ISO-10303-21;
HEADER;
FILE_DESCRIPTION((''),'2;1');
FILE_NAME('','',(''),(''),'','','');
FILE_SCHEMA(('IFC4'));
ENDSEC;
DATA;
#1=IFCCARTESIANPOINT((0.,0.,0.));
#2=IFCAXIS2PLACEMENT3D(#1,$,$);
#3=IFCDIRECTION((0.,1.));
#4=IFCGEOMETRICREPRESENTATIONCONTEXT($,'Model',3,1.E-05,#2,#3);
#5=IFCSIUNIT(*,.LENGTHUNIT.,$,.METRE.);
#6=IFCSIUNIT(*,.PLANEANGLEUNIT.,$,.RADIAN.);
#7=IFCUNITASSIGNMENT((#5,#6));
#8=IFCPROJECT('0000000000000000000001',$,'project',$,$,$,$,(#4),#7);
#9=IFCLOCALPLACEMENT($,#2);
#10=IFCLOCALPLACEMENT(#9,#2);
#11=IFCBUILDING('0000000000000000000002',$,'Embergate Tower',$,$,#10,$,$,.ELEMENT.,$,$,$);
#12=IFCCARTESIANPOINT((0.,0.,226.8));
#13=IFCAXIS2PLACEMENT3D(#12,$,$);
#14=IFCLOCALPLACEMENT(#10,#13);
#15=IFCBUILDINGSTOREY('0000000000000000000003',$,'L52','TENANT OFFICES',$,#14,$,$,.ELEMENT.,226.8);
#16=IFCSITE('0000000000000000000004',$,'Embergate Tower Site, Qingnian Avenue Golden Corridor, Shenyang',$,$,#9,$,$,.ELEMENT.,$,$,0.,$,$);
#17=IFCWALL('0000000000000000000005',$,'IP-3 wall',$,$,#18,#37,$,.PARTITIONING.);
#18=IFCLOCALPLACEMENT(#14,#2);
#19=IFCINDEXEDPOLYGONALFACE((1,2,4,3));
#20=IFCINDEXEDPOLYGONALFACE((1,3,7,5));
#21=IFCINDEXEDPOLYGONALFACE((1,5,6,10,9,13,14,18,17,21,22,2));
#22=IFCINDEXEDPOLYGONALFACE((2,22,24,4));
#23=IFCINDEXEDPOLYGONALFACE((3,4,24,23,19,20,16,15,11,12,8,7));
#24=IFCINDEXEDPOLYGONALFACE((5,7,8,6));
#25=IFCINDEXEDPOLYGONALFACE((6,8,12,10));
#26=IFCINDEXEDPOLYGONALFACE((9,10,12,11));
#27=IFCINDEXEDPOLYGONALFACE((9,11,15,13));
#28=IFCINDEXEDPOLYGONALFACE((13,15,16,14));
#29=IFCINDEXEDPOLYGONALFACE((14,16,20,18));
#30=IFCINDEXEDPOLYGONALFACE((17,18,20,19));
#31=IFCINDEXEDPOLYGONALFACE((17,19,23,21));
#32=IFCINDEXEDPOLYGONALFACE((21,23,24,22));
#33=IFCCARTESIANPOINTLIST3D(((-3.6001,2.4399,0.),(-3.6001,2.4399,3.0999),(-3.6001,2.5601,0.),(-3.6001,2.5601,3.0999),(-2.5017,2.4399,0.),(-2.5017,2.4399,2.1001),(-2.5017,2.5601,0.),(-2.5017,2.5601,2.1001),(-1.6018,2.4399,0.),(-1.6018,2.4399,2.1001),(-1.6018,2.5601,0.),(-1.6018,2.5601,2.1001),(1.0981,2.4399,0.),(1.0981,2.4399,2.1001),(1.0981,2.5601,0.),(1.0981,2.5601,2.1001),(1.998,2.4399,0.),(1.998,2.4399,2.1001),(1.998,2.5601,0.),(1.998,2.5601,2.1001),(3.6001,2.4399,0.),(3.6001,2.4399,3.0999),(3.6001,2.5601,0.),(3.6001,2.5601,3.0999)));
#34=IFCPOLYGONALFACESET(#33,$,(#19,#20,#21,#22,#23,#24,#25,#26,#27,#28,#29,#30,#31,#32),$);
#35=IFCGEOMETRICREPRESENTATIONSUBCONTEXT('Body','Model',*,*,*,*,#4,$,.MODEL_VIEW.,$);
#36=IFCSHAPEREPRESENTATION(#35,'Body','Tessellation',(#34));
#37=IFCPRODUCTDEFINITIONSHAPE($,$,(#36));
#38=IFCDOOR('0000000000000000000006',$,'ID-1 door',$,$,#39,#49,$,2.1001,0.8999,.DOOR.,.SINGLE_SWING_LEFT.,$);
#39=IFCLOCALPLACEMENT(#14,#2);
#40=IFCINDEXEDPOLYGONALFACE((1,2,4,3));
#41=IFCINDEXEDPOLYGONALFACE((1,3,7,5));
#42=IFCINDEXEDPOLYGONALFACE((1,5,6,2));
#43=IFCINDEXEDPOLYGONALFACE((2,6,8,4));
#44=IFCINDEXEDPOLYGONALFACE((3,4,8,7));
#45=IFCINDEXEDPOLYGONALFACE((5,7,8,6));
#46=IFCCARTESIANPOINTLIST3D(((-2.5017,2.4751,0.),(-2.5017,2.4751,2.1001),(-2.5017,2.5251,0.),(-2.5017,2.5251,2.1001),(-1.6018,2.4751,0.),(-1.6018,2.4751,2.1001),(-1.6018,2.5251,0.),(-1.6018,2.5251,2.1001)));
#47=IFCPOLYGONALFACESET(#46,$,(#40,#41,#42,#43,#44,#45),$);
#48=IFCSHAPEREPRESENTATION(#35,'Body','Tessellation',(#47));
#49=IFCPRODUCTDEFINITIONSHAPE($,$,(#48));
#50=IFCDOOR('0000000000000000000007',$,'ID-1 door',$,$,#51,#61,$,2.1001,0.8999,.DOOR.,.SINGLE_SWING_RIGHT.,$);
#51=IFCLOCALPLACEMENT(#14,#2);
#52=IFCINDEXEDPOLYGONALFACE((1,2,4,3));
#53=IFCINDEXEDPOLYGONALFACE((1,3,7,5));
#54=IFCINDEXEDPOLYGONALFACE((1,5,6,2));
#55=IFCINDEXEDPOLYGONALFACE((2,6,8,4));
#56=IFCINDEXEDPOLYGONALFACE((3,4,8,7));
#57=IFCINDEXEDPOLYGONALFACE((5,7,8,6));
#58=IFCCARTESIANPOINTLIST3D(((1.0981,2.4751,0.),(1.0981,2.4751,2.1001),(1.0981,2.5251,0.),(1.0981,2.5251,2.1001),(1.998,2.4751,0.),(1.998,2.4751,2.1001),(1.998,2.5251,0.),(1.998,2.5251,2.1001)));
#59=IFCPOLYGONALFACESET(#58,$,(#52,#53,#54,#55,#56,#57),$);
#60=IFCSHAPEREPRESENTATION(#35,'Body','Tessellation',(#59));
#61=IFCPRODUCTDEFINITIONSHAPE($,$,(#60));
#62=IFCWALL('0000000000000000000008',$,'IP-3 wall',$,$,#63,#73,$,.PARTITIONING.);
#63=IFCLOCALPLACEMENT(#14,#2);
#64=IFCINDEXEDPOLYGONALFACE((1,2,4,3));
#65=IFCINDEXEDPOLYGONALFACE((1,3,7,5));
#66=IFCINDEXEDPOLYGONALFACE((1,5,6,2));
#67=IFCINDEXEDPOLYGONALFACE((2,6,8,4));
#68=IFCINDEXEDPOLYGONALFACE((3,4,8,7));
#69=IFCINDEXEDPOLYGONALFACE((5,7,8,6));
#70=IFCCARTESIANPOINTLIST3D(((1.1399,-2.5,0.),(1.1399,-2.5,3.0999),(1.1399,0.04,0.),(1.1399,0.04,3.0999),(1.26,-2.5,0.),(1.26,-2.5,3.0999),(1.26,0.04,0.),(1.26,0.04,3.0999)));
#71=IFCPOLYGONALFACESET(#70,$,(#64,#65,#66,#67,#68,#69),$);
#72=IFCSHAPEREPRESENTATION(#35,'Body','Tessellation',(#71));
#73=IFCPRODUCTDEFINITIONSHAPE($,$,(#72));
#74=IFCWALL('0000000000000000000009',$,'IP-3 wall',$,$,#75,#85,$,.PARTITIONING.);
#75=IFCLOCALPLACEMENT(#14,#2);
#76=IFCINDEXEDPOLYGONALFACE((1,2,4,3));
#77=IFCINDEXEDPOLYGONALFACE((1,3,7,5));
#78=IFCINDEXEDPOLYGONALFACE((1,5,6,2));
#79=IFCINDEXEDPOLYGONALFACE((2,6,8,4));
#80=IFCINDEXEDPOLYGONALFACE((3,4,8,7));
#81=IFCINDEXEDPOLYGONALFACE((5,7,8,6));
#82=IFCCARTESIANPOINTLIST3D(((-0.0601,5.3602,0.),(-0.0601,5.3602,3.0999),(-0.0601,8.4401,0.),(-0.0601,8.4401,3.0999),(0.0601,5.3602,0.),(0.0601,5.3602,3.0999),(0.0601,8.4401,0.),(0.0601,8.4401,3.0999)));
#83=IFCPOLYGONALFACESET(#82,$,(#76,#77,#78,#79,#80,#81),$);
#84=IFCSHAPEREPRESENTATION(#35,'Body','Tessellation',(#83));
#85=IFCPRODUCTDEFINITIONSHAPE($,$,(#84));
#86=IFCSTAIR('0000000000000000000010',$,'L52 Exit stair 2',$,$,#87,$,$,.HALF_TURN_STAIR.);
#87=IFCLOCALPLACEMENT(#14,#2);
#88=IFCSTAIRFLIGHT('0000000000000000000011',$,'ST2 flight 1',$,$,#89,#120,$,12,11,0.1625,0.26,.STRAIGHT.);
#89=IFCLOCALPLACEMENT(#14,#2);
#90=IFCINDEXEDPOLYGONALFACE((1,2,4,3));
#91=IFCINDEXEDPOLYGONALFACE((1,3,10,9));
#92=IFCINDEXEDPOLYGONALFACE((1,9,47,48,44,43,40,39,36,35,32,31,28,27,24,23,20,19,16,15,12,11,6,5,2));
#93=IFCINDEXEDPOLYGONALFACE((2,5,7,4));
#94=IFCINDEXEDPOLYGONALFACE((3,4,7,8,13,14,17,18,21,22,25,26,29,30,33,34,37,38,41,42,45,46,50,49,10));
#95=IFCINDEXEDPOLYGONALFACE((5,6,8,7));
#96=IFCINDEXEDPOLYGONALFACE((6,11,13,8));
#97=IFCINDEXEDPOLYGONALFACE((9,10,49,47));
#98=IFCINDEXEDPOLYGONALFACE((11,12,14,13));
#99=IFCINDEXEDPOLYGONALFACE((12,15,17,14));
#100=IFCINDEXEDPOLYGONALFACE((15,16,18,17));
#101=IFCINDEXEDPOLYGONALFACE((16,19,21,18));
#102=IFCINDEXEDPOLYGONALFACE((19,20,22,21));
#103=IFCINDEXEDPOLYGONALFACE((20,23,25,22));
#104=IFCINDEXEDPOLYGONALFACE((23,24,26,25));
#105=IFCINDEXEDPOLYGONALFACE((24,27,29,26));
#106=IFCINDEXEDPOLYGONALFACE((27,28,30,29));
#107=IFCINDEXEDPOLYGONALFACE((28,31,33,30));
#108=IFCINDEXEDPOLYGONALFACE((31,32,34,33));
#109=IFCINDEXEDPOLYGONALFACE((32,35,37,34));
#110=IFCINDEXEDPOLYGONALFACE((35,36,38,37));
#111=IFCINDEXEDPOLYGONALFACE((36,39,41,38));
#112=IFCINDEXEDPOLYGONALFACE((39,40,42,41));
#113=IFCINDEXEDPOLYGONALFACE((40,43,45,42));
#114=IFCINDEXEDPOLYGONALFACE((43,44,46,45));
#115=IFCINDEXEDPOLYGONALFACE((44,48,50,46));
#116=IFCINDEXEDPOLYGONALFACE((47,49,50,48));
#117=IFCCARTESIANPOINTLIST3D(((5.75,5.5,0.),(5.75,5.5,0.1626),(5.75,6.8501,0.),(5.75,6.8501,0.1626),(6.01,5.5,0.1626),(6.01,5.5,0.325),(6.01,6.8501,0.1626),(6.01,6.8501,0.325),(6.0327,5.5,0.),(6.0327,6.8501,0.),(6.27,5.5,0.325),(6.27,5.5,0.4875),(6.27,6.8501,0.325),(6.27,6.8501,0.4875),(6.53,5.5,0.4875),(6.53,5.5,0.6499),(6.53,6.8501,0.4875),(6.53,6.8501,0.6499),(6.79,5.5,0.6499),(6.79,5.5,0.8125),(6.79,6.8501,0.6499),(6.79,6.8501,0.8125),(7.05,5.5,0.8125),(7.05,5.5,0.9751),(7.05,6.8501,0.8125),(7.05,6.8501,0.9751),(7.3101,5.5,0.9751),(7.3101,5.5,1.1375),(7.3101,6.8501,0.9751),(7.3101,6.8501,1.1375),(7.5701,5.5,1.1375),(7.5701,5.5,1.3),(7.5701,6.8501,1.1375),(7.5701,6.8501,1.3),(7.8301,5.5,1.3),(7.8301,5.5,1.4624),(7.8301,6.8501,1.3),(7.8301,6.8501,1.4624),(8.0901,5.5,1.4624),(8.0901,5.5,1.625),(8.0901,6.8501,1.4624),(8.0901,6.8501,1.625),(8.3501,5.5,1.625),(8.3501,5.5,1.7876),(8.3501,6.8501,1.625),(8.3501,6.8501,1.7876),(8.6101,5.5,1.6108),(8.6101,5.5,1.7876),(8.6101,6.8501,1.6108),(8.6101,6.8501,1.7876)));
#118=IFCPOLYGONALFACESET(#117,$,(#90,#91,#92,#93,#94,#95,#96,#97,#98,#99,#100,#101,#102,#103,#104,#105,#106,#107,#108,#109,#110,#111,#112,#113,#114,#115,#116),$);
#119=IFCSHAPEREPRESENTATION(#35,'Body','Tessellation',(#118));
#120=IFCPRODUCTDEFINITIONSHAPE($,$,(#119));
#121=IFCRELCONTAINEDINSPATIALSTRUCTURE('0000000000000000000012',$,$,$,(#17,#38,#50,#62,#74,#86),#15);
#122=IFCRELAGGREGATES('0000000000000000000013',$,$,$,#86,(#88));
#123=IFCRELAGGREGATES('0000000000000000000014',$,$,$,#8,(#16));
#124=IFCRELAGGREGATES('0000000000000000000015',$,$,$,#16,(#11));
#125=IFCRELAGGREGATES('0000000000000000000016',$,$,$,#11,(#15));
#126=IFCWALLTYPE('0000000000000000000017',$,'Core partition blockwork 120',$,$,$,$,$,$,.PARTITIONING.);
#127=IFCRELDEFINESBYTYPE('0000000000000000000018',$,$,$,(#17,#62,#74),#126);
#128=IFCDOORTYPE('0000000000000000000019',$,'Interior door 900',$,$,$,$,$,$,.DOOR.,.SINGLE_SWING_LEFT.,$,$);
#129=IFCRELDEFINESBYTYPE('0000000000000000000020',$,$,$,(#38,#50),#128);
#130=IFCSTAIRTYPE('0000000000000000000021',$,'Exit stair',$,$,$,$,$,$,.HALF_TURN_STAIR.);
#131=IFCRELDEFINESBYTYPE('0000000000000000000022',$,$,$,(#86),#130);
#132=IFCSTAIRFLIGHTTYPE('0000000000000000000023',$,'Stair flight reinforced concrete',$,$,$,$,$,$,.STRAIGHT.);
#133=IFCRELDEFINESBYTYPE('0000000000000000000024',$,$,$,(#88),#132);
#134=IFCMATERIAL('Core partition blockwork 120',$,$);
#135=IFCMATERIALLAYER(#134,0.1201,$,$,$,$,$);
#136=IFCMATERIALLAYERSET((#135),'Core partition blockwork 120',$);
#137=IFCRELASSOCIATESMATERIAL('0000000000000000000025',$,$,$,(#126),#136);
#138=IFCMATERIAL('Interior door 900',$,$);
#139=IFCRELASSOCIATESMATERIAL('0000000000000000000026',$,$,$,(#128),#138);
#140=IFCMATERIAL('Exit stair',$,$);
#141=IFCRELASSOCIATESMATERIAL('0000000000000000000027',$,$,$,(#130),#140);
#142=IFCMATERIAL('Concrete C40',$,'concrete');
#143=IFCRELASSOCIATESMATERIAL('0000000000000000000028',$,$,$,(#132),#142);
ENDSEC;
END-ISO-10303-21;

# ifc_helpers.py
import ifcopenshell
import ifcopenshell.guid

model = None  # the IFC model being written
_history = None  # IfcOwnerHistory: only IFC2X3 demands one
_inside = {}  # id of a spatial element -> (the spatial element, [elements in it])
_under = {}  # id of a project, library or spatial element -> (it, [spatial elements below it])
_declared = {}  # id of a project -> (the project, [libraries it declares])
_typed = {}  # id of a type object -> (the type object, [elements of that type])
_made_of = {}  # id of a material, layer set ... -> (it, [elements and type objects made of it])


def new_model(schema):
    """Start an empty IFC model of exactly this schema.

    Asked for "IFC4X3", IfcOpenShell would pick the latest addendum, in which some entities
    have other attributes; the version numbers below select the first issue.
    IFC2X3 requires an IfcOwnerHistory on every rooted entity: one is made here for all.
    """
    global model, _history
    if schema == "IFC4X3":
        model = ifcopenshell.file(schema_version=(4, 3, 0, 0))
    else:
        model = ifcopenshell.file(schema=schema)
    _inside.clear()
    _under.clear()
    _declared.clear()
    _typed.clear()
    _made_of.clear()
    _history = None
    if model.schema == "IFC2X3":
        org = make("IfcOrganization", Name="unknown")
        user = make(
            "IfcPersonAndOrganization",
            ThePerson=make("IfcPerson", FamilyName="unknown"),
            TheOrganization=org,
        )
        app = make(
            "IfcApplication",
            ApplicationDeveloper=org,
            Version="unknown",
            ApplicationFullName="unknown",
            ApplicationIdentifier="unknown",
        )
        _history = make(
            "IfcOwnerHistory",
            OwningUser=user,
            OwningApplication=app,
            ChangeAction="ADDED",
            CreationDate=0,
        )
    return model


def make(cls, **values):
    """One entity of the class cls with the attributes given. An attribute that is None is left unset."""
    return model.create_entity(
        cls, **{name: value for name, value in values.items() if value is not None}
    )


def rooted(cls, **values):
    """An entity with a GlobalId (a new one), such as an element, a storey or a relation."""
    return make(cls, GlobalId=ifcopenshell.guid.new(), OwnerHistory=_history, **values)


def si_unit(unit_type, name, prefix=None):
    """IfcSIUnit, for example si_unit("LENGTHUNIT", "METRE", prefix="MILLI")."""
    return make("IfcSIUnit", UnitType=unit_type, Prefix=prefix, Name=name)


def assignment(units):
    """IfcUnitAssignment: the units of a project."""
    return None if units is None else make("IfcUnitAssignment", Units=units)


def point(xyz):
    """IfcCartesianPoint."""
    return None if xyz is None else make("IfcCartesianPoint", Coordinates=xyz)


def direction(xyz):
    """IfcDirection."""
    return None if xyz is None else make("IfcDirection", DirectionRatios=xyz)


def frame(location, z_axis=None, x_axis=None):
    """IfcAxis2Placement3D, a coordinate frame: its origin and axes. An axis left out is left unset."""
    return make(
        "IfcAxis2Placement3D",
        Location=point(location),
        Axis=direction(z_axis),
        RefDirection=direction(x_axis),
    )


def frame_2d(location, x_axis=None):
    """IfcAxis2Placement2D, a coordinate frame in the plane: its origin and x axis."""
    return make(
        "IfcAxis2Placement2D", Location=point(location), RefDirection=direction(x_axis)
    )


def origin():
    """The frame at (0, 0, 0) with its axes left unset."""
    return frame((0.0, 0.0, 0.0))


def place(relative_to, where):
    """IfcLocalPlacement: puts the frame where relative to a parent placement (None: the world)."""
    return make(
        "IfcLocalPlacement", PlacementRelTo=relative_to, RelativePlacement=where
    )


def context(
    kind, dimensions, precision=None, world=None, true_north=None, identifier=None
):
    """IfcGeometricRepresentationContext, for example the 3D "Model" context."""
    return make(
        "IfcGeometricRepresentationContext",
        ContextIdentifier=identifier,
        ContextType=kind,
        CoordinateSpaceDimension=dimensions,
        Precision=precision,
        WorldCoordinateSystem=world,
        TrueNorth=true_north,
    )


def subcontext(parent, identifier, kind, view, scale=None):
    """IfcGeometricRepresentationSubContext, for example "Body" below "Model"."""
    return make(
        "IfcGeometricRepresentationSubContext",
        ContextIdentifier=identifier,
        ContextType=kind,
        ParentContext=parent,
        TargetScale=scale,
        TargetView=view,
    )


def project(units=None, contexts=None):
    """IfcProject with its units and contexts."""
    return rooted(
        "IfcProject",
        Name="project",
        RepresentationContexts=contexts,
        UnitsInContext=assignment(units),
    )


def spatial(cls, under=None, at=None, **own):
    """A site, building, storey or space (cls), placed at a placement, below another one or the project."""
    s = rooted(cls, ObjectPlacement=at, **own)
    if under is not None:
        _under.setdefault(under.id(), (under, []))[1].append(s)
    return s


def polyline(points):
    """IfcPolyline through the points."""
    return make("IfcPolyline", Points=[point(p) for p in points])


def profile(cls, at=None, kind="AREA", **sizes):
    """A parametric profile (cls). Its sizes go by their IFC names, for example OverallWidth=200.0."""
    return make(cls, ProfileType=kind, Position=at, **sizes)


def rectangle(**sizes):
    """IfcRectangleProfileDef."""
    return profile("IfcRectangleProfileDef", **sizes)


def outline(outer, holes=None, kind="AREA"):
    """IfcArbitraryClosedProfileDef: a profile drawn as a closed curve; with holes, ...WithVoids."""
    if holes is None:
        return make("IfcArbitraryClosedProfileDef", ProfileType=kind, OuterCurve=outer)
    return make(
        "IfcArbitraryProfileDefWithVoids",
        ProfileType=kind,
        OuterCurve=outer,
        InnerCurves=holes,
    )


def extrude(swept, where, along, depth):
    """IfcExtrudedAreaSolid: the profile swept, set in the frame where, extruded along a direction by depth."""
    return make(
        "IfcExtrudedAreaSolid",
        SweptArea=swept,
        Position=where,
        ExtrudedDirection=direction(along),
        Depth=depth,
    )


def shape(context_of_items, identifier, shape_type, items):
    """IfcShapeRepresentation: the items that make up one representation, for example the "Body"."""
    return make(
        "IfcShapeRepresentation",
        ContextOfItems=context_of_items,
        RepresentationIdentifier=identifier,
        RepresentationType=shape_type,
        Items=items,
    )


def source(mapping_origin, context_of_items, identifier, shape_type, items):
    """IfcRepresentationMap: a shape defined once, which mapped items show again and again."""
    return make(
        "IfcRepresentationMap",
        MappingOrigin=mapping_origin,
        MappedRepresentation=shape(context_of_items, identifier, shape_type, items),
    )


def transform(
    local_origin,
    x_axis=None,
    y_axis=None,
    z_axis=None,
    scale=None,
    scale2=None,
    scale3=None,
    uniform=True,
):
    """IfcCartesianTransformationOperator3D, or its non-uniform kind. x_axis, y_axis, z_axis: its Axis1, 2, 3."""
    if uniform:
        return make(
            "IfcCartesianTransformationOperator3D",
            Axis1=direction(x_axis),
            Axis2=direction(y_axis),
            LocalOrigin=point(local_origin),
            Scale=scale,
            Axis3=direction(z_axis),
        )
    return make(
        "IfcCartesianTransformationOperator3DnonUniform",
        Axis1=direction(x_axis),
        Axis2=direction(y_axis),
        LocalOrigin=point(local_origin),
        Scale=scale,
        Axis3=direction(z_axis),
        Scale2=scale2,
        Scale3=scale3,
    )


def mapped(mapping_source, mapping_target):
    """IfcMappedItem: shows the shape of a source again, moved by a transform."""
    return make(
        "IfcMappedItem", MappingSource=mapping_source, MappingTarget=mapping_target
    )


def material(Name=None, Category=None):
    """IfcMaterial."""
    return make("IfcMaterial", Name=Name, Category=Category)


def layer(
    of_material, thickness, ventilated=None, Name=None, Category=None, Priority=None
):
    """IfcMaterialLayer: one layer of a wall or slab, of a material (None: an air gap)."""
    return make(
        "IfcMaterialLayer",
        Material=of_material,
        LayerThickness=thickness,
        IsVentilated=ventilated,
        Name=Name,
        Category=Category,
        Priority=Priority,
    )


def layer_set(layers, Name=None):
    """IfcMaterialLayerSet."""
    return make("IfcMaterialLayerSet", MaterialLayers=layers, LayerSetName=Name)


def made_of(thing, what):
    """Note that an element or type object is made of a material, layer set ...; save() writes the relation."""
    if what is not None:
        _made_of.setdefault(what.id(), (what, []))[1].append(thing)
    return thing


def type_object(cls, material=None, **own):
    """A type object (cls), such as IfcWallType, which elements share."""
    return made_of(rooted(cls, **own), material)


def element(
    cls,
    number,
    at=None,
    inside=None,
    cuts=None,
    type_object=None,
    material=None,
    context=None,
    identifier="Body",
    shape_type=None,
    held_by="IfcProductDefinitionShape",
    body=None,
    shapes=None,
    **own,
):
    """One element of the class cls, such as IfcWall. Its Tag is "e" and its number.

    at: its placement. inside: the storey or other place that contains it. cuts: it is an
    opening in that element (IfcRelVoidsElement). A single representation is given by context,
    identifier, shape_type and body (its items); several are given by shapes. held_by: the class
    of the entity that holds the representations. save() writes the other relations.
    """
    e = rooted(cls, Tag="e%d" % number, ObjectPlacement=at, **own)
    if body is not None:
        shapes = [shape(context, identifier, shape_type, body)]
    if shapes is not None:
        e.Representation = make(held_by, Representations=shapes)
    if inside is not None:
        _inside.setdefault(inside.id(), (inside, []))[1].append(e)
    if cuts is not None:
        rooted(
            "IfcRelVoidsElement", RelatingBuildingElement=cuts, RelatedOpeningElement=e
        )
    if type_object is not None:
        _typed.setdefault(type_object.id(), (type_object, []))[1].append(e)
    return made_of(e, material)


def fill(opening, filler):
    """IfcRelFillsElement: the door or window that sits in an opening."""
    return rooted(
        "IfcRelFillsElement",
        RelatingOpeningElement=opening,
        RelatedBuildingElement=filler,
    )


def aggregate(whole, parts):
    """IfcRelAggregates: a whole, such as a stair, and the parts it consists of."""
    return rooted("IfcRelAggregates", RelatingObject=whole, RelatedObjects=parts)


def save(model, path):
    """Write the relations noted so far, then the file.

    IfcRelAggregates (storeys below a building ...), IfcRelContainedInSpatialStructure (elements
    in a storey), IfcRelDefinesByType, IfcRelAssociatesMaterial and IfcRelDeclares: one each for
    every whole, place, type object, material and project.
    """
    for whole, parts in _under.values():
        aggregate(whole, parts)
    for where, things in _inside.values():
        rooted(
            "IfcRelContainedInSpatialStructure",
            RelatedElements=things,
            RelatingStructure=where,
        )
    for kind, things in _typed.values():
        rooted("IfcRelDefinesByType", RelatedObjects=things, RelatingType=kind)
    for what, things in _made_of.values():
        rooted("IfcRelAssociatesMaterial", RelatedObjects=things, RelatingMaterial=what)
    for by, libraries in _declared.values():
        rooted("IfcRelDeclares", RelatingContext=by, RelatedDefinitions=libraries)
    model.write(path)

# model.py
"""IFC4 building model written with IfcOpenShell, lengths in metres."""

from ifc_helpers import new_model, si_unit, direction, frame, frame_2d, origin, place, context, subcontext, project, spatial, polyline, rectangle, outline, extrude, source, transform, mapped, material, layer, layer_set, type_object, element, fill, aggregate, save


model = new_model("IFC4")

# Units and contexts
model_context = context("Model", 3, precision=1e-05, world=origin(), true_north=direction((0.0, 1.0)))
body_context = subcontext(model_context, "Body", "Model", "MODEL_VIEW")
ifc_project = project(units=[si_unit("LENGTHUNIT", "METRE"), si_unit("PLANEANGLEUNIT", "RADIAN")], contexts=[model_context])

# Site, building, storey
site_placement = place(None, origin())
site = spatial("IfcSite", under=ifc_project, at=site_placement, Name="Embergate Tower Site, Qingnian Avenue Golden Corridor, Shenyang", CompositionType="ELEMENT", RefElevation=0.0)
building_placement = place(site_placement, origin())
building = spatial("IfcBuilding", under=site, at=building_placement, Name="Embergate Tower", CompositionType="ELEMENT")
storey_placement = place(building_placement, frame((0.0, 0.0, 226.8)))
storey = spatial("IfcBuildingStorey", under=building, at=storey_placement, Name="L52", Description="TENANT OFFICES", CompositionType="ELEMENT", Elevation=226.8)

# Shared definitions
ifc_material_1 = material(Name="Core partition blockwork 120")
ifc_layer_1 = layer(ifc_material_1, 0.1201)
ifc_layer_set_1 = layer_set([ifc_layer_1], Name="Core partition blockwork 120")
wall_type_1 = type_object("IfcWallType", Name="Core partition blockwork 120", PredefinedType="PARTITIONING", material=ifc_layer_set_1)

# Wall, openings, doors
shared_shape_1 = source(origin(), body_context, "Body", "SweptSolid", [
    extrude(rectangle(XDim=7.2002, YDim=0.1201, at=frame_2d((3.6001, 0.0))), origin(), (0.0, 0.0, 1.0), 3.0999),
])
wall_1_placement = place(storey_placement, frame((3.6001, 2.5, 0.0), z_axis=(0.0, 0.0, 1.0), x_axis=(-1.0, 0.0, 0.0)))
wall_1 = element("IfcWall", 1, at=wall_1_placement, inside=storey, type_object=wall_type_1, Name="IP-3 wall", PredefinedType="PARTITIONING", context=body_context, shape_type="MappedRepresentation", body=[
    mapped(shared_shape_1, transform((0.0, 0.0, 0.0))),
])
shared_shape_2 = source(origin(), body_context, "Body", "SweptSolid", [
    extrude(rectangle(XDim=0.8999, YDim=2.1001, at=frame_2d((0.45, 1.05))), frame((0.0, 0.0701, 0.0), z_axis=(0.0, -1.0, 0.0), x_axis=(1.0, 0.0, 0.0)), (0.0, 0.0, 1.0), 0.1401),
])
opening_1_placement = place(wall_1_placement, frame((5.2019, 0.0, 0.0)))
opening_1 = element("IfcOpeningElement", 2, at=opening_1_placement, cuts=wall_1, PredefinedType="OPENING", context=body_context, shape_type="MappedRepresentation", body=[
    mapped(shared_shape_2, transform((0.0, 0.0, 0.0))),
])
opening_2_placement = place(wall_1_placement, frame((1.6021, 0.0, 0.0)))
opening_2 = element("IfcOpeningElement", 3, at=opening_2_placement, cuts=wall_1, PredefinedType="OPENING", context=body_context, shape_type="MappedRepresentation", body=[
    mapped(shared_shape_2, transform((0.0, 0.0, 0.0))),
])
ifc_material_2 = material(Name="Interior door 900")
door_type_1 = type_object("IfcDoorType", Name="Interior door 900", OperationType="SINGLE_SWING_LEFT", PredefinedType="DOOR", material=ifc_material_2)
shared_shape_3 = source(origin(), body_context, "Body", "SweptSolid", [
    extrude(rectangle(XDim=0.8999, YDim=2.1001, at=frame_2d((0.45, 1.05))), frame((0.0, 0.0249, 0.0), z_axis=(0.0, -1.0, 0.0), x_axis=(1.0, 0.0, 0.0)), (0.0, 0.0, 1.0), 0.05),
])
door_1_placement = place(opening_1_placement, origin())
door_1 = element("IfcDoor", 4, at=door_1_placement, inside=storey, type_object=door_type_1, Name="ID-1 door", OperationType="SINGLE_SWING_LEFT", OverallHeight=2.1001, OverallWidth=0.8999, PredefinedType="DOOR", context=body_context, shape_type="MappedRepresentation", body=[
    mapped(shared_shape_3, transform((0.0, 0.0, 0.0))),
])
fill(opening_1, door_1)
door_2_placement = place(opening_2_placement, origin())
door_2 = element("IfcDoor", 5, at=door_2_placement, inside=storey, type_object=door_type_1, Name="ID-1 door", OperationType="SINGLE_SWING_RIGHT", OverallHeight=2.1001, OverallWidth=0.8999, PredefinedType="DOOR", context=body_context, shape_type="MappedRepresentation", body=[
    mapped(shared_shape_3, transform((0.0, 0.0, 0.0))),
])
fill(opening_2, door_2)

# Walls
shared_shape_4 = source(origin(), body_context, "Body", "SweptSolid", [
    extrude(rectangle(XDim=2.54, YDim=0.1201, at=frame_2d((1.27, 0.0))), origin(), (0.0, 0.0, 1.0), 3.0999),
])
wall_2_placement = place(storey_placement, frame((1.2, 0.04, 0.0), z_axis=(0.0, 0.0, 1.0), x_axis=(0.0, -1.0, 0.0)))
element("IfcWall", 6, at=wall_2_placement, inside=storey, type_object=wall_type_1, Name="IP-3 wall", PredefinedType="PARTITIONING", context=body_context, shape_type="MappedRepresentation", body=[
    mapped(shared_shape_4, transform((0.0, 0.0, 0.0))),
])
shared_shape_5 = source(origin(), body_context, "Body", "SweptSolid", [
    extrude(rectangle(XDim=3.0798, YDim=0.1201, at=frame_2d((1.54, 0.0))), origin(), (0.0, 0.0, 1.0), 3.0999),
])
wall_3_placement = place(storey_placement, frame((0.0, 5.3601, 0.0), z_axis=(0.0, 0.0, 1.0), x_axis=(0.0, 1.0, 0.0)))
element("IfcWall", 7, at=wall_3_placement, inside=storey, type_object=wall_type_1, Name="IP-3 wall", PredefinedType="PARTITIONING", context=body_context, shape_type="MappedRepresentation", body=[
    mapped(shared_shape_5, transform((0.0, 0.0, 0.0))),
])

# Stair, stair flight
ifc_material_3 = material(Name="Exit stair")
stair_type = type_object("IfcStairType", Name="Exit stair", PredefinedType="HALF_TURN_STAIR", material=ifc_material_3)
stair_placement = place(storey_placement, origin())
stair = element("IfcStair", 8, at=stair_placement, inside=storey, type_object=stair_type, Name="L52 Exit stair 2", PredefinedType="HALF_TURN_STAIR")
ifc_material_4 = material(Name="Concrete C40", Category="concrete")
stair_flight_type = type_object("IfcStairFlightType", Name="Stair flight reinforced concrete", PredefinedType="STRAIGHT", material=ifc_material_4)
shared_shape_6 = source(origin(), body_context, "Body", "SweptSolid", [
    extrude(outline(polyline([(0.0, 0.0), (0.0, 0.1626), (0.26, 0.1626), (0.26, 0.325), (0.52, 0.325), (0.52, 0.4875), (0.78, 0.4875), (0.78, 0.6499), (1.04, 0.6499), (1.04, 0.8125), (1.3, 0.8125), (1.3, 0.9751), (1.5601, 0.9751), (1.5601, 1.1375), (1.8201, 1.1375), (1.8201, 1.3), (2.0801, 1.3), (2.0801, 1.4624), (2.3401, 1.4624), (2.3401, 1.625), (2.6001, 1.625), (2.6001, 1.7876), (2.8601, 1.7876), (2.8601, 1.95), (2.8601, 1.6108), (0.2827, 0.0), (0.0, 0.0)])), frame((0.0, 0.675, 0.0), z_axis=(0.0, -1.0, 0.0), x_axis=(1.0, 0.0, 0.0)), (0.0, 0.0, 1.0), 1.3501),
])
stair_flight_placement = place(storey_placement, frame((5.75, 6.175, 0.0), z_axis=(0.0, 0.0, 1.0), x_axis=(1.0, 0.0, 0.0)))
stair_flight = element("IfcStairFlight", 9, at=stair_flight_placement, type_object=stair_flight_type, Name="ST2 flight 1", NumberOfRisers=12, NumberOfTreads=11, PredefinedType="STRAIGHT", RiserHeight=0.1625, TreadLength=0.26, context=body_context, shape_type="MappedRepresentation", body=[
    mapped(shared_shape_6, transform((0.0, 0.0, 0.0))),
])
aggregate(stair, [stair_flight])

save(model, "model.ifc")
